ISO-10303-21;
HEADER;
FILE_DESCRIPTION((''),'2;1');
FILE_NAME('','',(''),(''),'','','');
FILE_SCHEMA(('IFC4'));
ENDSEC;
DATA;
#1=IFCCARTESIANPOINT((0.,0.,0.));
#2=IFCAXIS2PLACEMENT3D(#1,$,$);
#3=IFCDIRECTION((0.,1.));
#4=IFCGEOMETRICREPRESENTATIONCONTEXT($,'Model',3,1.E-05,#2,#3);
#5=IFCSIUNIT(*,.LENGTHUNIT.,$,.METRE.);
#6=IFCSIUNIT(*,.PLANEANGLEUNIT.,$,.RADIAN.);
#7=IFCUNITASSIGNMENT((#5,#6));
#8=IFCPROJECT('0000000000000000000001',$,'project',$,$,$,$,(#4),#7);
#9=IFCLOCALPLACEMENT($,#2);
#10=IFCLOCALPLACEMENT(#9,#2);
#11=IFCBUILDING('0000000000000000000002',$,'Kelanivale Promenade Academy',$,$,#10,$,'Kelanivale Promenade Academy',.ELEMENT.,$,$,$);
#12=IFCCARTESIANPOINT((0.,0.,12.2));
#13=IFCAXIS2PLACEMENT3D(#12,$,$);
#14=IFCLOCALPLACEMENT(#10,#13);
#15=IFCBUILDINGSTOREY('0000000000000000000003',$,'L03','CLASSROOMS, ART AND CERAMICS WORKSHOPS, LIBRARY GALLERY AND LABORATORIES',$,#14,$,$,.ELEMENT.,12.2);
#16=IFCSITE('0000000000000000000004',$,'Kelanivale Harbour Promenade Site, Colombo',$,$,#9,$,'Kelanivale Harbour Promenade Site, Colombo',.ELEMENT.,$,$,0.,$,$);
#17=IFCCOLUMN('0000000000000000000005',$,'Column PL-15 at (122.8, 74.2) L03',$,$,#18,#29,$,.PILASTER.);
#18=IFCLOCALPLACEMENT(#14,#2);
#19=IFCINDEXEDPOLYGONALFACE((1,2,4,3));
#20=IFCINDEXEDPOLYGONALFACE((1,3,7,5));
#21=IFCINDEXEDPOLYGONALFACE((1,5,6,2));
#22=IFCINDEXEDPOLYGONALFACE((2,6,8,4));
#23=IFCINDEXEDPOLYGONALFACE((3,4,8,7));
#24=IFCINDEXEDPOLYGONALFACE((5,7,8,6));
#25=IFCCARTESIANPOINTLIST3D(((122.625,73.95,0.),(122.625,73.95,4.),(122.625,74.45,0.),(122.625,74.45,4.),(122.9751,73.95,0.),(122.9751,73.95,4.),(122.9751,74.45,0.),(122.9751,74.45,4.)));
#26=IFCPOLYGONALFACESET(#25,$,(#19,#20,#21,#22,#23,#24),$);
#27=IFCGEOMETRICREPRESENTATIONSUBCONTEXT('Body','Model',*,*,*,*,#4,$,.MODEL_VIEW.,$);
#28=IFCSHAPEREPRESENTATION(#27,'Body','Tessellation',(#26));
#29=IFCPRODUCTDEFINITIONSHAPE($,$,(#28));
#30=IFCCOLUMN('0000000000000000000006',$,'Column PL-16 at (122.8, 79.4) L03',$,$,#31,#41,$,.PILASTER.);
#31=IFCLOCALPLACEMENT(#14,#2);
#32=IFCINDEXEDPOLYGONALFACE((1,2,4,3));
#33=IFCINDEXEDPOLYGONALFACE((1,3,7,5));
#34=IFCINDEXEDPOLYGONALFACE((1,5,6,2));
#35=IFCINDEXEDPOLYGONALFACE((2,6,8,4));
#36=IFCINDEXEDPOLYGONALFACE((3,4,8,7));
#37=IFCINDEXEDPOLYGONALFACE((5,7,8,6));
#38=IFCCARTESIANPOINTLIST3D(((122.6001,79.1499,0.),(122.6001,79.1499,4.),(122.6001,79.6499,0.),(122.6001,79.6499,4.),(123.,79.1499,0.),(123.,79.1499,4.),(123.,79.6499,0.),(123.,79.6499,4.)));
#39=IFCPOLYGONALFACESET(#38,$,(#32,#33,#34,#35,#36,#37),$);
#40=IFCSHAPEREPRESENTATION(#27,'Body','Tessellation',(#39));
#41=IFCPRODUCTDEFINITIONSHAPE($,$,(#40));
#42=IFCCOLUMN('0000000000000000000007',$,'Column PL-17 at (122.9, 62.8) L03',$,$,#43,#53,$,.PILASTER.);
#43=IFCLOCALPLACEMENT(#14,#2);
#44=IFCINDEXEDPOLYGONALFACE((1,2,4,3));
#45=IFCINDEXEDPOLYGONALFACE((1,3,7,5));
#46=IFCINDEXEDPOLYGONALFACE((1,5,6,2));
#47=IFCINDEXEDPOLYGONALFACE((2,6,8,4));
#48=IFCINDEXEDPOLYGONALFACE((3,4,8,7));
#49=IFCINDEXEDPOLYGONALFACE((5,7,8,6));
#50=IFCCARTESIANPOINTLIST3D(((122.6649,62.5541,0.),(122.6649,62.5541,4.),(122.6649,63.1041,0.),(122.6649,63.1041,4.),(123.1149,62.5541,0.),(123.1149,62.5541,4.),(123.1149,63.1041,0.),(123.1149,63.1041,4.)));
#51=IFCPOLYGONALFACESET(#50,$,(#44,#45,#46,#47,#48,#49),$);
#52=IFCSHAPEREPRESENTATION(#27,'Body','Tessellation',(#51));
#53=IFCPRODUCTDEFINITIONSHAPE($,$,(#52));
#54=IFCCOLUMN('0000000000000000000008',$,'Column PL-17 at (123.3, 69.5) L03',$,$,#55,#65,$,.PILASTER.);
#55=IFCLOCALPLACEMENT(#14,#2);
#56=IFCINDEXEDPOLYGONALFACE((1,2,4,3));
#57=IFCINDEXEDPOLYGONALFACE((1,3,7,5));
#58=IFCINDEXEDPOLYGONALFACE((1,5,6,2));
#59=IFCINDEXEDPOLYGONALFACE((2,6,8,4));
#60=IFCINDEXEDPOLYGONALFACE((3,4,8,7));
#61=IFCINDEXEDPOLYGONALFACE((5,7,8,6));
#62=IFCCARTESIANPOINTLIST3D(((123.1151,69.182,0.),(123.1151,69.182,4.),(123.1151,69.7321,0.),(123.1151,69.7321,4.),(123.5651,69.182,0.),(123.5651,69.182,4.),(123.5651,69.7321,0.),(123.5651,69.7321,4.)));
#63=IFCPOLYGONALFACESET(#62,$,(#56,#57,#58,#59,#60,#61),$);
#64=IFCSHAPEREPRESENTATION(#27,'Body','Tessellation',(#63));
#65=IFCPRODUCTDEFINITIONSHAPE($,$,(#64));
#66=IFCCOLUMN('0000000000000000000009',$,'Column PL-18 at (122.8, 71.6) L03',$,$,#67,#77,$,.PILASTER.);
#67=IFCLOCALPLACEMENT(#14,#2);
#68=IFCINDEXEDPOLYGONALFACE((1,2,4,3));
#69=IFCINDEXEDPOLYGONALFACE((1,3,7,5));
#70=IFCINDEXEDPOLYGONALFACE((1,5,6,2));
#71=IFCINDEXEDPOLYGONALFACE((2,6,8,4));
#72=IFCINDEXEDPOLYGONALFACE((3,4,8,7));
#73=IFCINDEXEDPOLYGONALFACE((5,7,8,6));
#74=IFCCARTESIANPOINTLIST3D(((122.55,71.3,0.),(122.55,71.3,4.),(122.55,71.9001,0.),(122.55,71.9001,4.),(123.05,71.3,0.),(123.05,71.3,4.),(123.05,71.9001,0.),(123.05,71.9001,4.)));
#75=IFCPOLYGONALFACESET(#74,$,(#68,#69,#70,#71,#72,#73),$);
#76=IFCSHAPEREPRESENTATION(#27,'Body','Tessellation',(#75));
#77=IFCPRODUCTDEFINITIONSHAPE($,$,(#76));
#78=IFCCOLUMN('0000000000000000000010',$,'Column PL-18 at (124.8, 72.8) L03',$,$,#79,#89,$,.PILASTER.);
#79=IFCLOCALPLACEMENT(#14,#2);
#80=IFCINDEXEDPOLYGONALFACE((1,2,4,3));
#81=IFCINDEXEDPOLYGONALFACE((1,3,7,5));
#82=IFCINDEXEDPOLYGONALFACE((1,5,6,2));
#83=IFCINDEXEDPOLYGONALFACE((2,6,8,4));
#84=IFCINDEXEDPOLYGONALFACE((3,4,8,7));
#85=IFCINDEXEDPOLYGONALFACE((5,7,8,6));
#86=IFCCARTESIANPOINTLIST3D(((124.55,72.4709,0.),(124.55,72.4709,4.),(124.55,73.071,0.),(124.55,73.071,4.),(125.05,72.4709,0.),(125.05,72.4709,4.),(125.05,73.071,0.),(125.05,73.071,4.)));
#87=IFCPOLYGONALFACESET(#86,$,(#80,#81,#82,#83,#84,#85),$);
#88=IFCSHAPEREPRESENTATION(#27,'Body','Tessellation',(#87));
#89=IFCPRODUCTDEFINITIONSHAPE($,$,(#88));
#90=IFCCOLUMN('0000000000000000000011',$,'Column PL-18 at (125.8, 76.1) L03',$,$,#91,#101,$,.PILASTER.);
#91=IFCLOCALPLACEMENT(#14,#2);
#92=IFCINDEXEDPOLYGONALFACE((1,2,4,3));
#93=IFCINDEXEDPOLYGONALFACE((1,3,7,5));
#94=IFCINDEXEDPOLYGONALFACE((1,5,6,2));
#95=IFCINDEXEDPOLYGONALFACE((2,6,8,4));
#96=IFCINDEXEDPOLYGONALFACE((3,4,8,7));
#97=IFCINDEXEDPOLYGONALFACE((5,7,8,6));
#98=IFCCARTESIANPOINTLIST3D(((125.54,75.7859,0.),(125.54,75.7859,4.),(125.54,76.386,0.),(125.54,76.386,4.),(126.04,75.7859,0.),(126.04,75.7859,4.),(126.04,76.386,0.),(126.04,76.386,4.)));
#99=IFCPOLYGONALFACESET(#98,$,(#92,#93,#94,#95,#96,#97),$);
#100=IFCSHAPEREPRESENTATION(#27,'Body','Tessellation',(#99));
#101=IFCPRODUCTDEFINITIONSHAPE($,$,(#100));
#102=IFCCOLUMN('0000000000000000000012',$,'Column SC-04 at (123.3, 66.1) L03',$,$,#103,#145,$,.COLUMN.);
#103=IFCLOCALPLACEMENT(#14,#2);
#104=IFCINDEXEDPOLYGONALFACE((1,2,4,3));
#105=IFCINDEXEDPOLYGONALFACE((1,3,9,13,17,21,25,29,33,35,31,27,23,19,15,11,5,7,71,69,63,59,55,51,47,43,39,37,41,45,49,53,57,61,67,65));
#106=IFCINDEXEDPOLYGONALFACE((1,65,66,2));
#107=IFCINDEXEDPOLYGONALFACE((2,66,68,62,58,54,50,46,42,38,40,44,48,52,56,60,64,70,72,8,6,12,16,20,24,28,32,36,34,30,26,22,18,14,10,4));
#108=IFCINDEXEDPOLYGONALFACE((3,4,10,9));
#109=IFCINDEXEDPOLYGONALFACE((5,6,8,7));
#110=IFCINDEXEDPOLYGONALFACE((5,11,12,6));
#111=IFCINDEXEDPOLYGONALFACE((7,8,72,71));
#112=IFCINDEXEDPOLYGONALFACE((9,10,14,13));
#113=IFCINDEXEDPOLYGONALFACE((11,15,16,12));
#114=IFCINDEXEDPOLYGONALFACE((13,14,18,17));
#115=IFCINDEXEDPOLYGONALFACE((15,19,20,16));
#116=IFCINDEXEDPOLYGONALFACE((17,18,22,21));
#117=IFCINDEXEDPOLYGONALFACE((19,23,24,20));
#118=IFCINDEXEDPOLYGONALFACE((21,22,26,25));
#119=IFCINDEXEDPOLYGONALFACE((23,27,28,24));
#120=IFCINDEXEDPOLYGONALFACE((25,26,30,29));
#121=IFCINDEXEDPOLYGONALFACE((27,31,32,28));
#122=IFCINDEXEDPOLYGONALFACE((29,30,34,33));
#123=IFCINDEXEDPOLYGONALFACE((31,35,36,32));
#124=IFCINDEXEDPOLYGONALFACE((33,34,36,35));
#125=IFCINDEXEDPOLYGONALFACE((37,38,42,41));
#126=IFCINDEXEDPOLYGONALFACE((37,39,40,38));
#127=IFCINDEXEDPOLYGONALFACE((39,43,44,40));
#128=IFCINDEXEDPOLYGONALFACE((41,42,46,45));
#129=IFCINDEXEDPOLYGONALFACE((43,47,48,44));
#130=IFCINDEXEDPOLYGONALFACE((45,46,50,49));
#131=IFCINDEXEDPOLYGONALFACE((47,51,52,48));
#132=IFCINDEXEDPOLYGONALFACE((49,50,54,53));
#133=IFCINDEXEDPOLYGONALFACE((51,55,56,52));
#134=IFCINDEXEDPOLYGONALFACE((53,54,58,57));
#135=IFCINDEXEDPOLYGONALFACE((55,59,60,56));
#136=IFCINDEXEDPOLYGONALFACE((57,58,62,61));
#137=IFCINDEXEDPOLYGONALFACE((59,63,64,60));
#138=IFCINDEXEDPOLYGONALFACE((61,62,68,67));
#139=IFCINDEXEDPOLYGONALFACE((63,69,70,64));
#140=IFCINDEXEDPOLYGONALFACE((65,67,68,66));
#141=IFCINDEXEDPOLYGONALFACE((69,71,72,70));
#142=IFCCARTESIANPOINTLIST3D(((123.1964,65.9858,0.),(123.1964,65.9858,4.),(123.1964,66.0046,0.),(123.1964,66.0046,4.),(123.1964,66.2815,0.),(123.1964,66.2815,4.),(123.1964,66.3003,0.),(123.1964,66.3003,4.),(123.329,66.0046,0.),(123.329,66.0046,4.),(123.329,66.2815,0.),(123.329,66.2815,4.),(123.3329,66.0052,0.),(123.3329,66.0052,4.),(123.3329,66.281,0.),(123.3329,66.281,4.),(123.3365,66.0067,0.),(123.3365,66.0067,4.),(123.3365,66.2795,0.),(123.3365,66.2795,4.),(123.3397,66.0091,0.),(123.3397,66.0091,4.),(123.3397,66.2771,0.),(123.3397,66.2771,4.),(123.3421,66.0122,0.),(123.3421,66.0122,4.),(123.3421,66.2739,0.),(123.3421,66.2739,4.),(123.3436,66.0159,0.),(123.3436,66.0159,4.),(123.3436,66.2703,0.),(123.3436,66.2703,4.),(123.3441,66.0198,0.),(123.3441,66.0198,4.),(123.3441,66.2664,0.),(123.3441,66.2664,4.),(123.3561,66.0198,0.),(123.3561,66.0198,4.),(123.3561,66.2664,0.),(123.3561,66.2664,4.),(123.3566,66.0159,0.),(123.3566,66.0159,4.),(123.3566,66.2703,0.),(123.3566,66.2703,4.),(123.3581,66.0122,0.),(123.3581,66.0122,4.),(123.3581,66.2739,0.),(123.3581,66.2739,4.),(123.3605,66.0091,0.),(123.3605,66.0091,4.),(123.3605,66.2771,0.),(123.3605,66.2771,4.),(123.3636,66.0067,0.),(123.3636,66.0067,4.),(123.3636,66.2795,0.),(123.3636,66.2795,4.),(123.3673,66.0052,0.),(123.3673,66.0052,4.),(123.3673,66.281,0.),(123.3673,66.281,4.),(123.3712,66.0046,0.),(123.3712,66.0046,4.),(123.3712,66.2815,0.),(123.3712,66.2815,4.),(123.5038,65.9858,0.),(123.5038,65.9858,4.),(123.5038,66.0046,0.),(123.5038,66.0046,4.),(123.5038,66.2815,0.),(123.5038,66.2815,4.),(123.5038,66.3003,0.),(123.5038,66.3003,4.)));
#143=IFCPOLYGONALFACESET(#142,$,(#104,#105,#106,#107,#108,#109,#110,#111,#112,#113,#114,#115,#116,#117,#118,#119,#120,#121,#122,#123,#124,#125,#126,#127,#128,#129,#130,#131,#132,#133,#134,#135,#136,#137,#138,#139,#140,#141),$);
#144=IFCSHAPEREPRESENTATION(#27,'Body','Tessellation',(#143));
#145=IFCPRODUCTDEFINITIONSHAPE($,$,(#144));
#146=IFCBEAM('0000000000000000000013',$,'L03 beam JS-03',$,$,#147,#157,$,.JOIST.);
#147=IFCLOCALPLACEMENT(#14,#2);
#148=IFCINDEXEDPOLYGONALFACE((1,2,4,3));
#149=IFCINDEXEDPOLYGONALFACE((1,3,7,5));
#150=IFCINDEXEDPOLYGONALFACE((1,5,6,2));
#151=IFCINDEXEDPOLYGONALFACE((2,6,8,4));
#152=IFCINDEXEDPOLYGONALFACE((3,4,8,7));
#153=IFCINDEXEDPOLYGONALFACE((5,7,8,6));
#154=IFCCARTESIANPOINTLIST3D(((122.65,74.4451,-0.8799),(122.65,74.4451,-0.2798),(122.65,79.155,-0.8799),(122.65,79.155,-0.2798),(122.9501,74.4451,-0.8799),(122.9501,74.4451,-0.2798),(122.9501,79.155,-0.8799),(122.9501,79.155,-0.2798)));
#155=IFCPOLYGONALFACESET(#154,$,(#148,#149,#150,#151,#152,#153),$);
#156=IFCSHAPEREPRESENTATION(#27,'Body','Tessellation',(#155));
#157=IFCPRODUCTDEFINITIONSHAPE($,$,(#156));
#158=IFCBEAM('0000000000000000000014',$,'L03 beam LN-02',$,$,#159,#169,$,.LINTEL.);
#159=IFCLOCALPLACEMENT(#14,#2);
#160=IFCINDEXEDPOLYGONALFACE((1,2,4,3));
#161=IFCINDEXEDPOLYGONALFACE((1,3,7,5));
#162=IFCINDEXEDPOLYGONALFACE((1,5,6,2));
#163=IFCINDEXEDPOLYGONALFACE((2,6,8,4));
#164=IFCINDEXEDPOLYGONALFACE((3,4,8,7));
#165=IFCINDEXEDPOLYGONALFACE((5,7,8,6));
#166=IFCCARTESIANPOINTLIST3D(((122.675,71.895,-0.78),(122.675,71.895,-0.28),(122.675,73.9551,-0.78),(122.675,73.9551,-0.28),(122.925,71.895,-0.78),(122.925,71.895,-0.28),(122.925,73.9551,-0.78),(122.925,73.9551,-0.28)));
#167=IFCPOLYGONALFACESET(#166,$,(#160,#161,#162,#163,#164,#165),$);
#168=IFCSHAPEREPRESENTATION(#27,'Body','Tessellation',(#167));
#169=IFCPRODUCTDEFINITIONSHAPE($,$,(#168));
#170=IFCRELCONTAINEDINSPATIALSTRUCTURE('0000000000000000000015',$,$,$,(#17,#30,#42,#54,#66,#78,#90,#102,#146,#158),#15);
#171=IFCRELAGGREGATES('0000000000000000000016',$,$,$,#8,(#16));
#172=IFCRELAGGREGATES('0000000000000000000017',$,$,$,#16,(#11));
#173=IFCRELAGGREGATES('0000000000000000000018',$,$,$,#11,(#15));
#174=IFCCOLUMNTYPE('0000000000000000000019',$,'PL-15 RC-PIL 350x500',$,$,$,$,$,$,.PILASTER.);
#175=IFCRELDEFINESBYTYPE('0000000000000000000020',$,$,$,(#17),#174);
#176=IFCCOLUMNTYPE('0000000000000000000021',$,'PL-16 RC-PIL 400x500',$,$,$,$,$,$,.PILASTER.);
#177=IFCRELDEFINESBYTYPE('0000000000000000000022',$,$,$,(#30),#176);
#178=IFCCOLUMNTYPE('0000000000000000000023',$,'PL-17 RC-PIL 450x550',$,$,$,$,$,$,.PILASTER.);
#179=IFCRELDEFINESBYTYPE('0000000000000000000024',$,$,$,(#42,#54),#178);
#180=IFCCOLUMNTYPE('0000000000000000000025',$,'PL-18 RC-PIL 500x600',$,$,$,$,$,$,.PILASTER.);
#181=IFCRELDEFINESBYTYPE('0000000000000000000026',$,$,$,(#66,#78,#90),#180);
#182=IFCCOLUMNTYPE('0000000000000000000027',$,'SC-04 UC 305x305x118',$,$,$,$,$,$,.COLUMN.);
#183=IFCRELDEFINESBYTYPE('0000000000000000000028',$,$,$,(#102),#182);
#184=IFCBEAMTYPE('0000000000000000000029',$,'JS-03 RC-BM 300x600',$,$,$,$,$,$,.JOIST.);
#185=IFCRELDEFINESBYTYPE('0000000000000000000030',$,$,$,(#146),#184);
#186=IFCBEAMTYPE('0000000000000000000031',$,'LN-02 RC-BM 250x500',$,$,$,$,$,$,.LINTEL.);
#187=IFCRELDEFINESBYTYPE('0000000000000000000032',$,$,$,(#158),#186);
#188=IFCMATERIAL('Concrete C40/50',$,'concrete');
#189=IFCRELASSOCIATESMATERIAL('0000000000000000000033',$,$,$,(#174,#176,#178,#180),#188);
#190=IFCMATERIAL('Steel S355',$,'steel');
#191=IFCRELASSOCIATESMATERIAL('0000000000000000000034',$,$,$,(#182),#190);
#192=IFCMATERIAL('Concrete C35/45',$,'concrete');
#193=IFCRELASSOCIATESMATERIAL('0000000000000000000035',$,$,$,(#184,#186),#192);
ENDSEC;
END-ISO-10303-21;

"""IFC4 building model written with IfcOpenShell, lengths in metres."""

from ifc_helpers import new_model, si_unit, direction, frame, origin, origin_2d, place, context, subcontext, project, spatial, rectangle, i_section, extrude, material, material_profile, profile_set, type_object, element, save


model = new_model("IFC4")

# Units and contexts
model_context = context("Model", 3, precision=1e-05, world=origin(), true_north=direction((0.0, 1.0)))
body_context = subcontext(model_context, "Body", "Model", "MODEL_VIEW")
ifc_project = project(units=[si_unit("LENGTHUNIT", "METRE"), si_unit("PLANEANGLEUNIT", "RADIAN")], contexts=[model_context])

# Site, building, storey
site_placement = place(None, origin())
site = spatial("IfcSite", under=ifc_project, at=site_placement, Name="Kelanivale Harbour Promenade Site, Colombo", LongName="Kelanivale Harbour Promenade Site, Colombo", CompositionType="ELEMENT", RefElevation=0.0)
building_placement = place(site_placement, origin())
building = spatial("IfcBuilding", under=site, at=building_placement, Name="Kelanivale Promenade Academy", LongName="Kelanivale Promenade Academy", CompositionType="ELEMENT")
storey_placement = place(building_placement, frame((0.0, 0.0, 12.2)))
storey = spatial("IfcBuildingStorey", under=building, at=storey_placement, Name="L03", Description="CLASSROOMS, ART AND CERAMICS WORKSHOPS, LIBRARY GALLERY AND LABORATORIES", CompositionType="ELEMENT", Elevation=12.2)

# Columns
ifc_material_1 = material(Name="Concrete C40/50", Category="concrete")
ifc_material_profile_1 = material_profile(ifc_material_1, rectangle(XDim=0.3501, YDim=0.5, at=origin_2d()), Name="RC-PIL 350x500")
ifc_profile_set_1 = profile_set([ifc_material_profile_1], Name="Concrete C40/50")
column_type_1 = type_object("IfcColumnType", Name="PL-15 RC-PIL 350x500", PredefinedType="PILASTER", material=ifc_profile_set_1)
column_1_placement = place(storey_placement, frame((122.8, 74.2, 0.0), z_axis=(0.0, 0.0, 1.0), x_axis=(1.0, 0.0, 0.0)))
element("IfcColumn", 1, at=column_1_placement, inside=storey, type_object=column_type_1, Name="Column PL-15 at (122.8, 74.2) L03", PredefinedType="PILASTER", context=body_context, shape_type="SweptSolid", body=[
    extrude(rectangle(XDim=0.3501, YDim=0.5, at=origin_2d()), origin(), (0.0, 0.0, 1.0), 4.0),
])
ifc_material_profile_2 = material_profile(ifc_material_1, rectangle(XDim=0.3999, YDim=0.5, at=origin_2d()), Name="RC-PIL 400x500")
ifc_profile_set_2 = profile_set([ifc_material_profile_2], Name="Concrete C40/50")
column_type_2 = type_object("IfcColumnType", Name="PL-16 RC-PIL 400x500", PredefinedType="PILASTER", material=ifc_profile_set_2)
column_2_placement = place(storey_placement, frame((122.8, 79.3999, 0.0), z_axis=(0.0, 0.0, 1.0), x_axis=(1.0, 0.0, 0.0)))
element("IfcColumn", 2, at=column_2_placement, inside=storey, type_object=column_type_2, Name="Column PL-16 at (122.8, 79.4) L03", PredefinedType="PILASTER", context=body_context, shape_type="SweptSolid", body=[
    extrude(rectangle(XDim=0.3999, YDim=0.5, at=origin_2d()), origin(), (0.0, 0.0, 1.0), 4.0),
])
ifc_material_profile_3 = material_profile(ifc_material_1, rectangle(XDim=0.45, YDim=0.55, at=origin_2d()), Name="RC-PIL 450x550")
ifc_profile_set_3 = profile_set([ifc_material_profile_3], Name="Concrete C40/50")
column_type_3 = type_object("IfcColumnType", Name="PL-17 RC-PIL 450x550", PredefinedType="PILASTER", material=ifc_profile_set_3)
for number, where, z_axis, x_axis, name in (
    (3, (122.8899, 62.8291, 0.0), (0.0, 0.0, 1.0), (1.0, 0.0, 0.0), "Column PL-17 at (122.9, 62.8) L03"),
    (4, (123.3401, 69.457, 0.0), (0.0, 0.0, 1.0), (1.0, 0.0, 0.0), "Column PL-17 at (123.3, 69.5) L03"),
):
    element("IfcColumn", number, at=place(storey_placement, frame(where, z_axis=z_axis, x_axis=x_axis)), inside=storey, type_object=column_type_3, Name=name, PredefinedType="PILASTER", context=body_context, shape_type="SweptSolid", body=[
        extrude(rectangle(XDim=0.45, YDim=0.55, at=origin_2d()), origin(), (0.0, 0.0, 1.0), 4.0),
    ])
ifc_material_profile_4 = material_profile(ifc_material_1, rectangle(XDim=0.5, YDim=0.6001, at=origin_2d()), Name="RC-PIL 500x600")
ifc_profile_set_4 = profile_set([ifc_material_profile_4], Name="Concrete C40/50")
column_type_4 = type_object("IfcColumnType", Name="PL-18 RC-PIL 500x600", PredefinedType="PILASTER", material=ifc_profile_set_4)
for number, where, z_axis, x_axis, name in (
    (5, (122.8, 71.6001, 0.0), (0.0, 0.0, 1.0), (1.0, 0.0, 0.0), "Column PL-18 at (122.8, 71.6) L03"),
    (6, (124.8, 72.771, 0.0), (0.0, 0.0, 1.0), (1.0, 0.0, 0.0), "Column PL-18 at (124.8, 72.8) L03"),
    (7, (125.79, 76.0859, 0.0), (0.0, 0.0, 1.0), (1.0, 0.0, 0.0), "Column PL-18 at (125.8, 76.1) L03"),
):
    element("IfcColumn", number, at=place(storey_placement, frame(where, z_axis=z_axis, x_axis=x_axis)), inside=storey, type_object=column_type_4, Name=name, PredefinedType="PILASTER", context=body_context, shape_type="SweptSolid", body=[
        extrude(rectangle(XDim=0.5, YDim=0.6001, at=origin_2d()), origin(), (0.0, 0.0, 1.0), 4.0),
    ])
ifc_material_2 = material(Name="Steel S355", Category="steel")
ifc_material_profile_5 = material_profile(ifc_material_2, i_section(OverallWidth=0.3074, OverallDepth=0.3145, WebThickness=0.012, FlangeThickness=0.0188, FilletRadius=0.0151, at=origin_2d()), Name="UC 305x305x118")
ifc_profile_set_5 = profile_set([ifc_material_profile_5], Name="Steel S355")
column_type_5 = type_object("IfcColumnType", Name="SC-04 UC 305x305x118", PredefinedType="COLUMN", material=ifc_profile_set_5)
column_3_placement = place(storey_placement, frame((123.3501, 66.1431, 0.0), z_axis=(0.0, 0.0, 1.0), x_axis=(1.0, 0.0, 0.0)))
element("IfcColumn", 8, at=column_3_placement, inside=storey, type_object=column_type_5, Name="Column SC-04 at (123.3, 66.1) L03", PredefinedType="COLUMN", context=body_context, shape_type="SweptSolid", body=[
    extrude(i_section(OverallWidth=0.3074, OverallDepth=0.3145, WebThickness=0.012, FlangeThickness=0.0188, FilletRadius=0.0151, at=origin_2d()), origin(), (0.0, 0.0, 1.0), 4.0),
])

# Beams
ifc_material_3 = material(Name="Concrete C35/45", Category="concrete")
ifc_material_profile_6 = material_profile(ifc_material_3, rectangle(XDim=0.3, YDim=0.6001, at=origin_2d()), Name="RC-BM 300x600")
ifc_profile_set_6 = profile_set([ifc_material_profile_6], Name="Concrete C35/45")
beam_type_1 = type_object("IfcBeamType", Name="JS-03 RC-BM 300x600", PredefinedType="JOIST", material=ifc_profile_set_6)
beam_1_placement = place(storey_placement, frame((122.8, 74.4451, -0.5798), z_axis=(0.0, 1.0, 0.0), x_axis=(-1.0, 0.0, 0.0)))
element("IfcBeam", 9, at=beam_1_placement, inside=storey, type_object=beam_type_1, Name="L03 beam JS-03", PredefinedType="JOIST", context=body_context, shape_type="SweptSolid", body=[
    extrude(rectangle(XDim=0.3, YDim=0.6001, at=origin_2d()), origin(), (0.0, 0.0, 1.0), 4.71),
])
ifc_material_profile_7 = material_profile(ifc_material_3, rectangle(XDim=0.25, YDim=0.5, at=origin_2d()), Name="RC-BM 250x500")
ifc_profile_set_7 = profile_set([ifc_material_profile_7], Name="Concrete C35/45")
beam_type_2 = type_object("IfcBeamType", Name="LN-02 RC-BM 250x500", PredefinedType="LINTEL", material=ifc_profile_set_7)
beam_2_placement = place(storey_placement, frame((122.8, 71.895, -0.53), z_axis=(0.0, 1.0, 0.0), x_axis=(-1.0, 0.0, 0.0)))
element("IfcBeam", 10, at=beam_2_placement, inside=storey, type_object=beam_type_2, Name="L03 beam LN-02", PredefinedType="LINTEL", context=body_context, shape_type="SweptSolid", body=[
    extrude(rectangle(XDim=0.25, YDim=0.5, at=origin_2d()), origin(), (0.0, 0.0, 1.0), 2.0601),
])

save(model, "model.ifc")
